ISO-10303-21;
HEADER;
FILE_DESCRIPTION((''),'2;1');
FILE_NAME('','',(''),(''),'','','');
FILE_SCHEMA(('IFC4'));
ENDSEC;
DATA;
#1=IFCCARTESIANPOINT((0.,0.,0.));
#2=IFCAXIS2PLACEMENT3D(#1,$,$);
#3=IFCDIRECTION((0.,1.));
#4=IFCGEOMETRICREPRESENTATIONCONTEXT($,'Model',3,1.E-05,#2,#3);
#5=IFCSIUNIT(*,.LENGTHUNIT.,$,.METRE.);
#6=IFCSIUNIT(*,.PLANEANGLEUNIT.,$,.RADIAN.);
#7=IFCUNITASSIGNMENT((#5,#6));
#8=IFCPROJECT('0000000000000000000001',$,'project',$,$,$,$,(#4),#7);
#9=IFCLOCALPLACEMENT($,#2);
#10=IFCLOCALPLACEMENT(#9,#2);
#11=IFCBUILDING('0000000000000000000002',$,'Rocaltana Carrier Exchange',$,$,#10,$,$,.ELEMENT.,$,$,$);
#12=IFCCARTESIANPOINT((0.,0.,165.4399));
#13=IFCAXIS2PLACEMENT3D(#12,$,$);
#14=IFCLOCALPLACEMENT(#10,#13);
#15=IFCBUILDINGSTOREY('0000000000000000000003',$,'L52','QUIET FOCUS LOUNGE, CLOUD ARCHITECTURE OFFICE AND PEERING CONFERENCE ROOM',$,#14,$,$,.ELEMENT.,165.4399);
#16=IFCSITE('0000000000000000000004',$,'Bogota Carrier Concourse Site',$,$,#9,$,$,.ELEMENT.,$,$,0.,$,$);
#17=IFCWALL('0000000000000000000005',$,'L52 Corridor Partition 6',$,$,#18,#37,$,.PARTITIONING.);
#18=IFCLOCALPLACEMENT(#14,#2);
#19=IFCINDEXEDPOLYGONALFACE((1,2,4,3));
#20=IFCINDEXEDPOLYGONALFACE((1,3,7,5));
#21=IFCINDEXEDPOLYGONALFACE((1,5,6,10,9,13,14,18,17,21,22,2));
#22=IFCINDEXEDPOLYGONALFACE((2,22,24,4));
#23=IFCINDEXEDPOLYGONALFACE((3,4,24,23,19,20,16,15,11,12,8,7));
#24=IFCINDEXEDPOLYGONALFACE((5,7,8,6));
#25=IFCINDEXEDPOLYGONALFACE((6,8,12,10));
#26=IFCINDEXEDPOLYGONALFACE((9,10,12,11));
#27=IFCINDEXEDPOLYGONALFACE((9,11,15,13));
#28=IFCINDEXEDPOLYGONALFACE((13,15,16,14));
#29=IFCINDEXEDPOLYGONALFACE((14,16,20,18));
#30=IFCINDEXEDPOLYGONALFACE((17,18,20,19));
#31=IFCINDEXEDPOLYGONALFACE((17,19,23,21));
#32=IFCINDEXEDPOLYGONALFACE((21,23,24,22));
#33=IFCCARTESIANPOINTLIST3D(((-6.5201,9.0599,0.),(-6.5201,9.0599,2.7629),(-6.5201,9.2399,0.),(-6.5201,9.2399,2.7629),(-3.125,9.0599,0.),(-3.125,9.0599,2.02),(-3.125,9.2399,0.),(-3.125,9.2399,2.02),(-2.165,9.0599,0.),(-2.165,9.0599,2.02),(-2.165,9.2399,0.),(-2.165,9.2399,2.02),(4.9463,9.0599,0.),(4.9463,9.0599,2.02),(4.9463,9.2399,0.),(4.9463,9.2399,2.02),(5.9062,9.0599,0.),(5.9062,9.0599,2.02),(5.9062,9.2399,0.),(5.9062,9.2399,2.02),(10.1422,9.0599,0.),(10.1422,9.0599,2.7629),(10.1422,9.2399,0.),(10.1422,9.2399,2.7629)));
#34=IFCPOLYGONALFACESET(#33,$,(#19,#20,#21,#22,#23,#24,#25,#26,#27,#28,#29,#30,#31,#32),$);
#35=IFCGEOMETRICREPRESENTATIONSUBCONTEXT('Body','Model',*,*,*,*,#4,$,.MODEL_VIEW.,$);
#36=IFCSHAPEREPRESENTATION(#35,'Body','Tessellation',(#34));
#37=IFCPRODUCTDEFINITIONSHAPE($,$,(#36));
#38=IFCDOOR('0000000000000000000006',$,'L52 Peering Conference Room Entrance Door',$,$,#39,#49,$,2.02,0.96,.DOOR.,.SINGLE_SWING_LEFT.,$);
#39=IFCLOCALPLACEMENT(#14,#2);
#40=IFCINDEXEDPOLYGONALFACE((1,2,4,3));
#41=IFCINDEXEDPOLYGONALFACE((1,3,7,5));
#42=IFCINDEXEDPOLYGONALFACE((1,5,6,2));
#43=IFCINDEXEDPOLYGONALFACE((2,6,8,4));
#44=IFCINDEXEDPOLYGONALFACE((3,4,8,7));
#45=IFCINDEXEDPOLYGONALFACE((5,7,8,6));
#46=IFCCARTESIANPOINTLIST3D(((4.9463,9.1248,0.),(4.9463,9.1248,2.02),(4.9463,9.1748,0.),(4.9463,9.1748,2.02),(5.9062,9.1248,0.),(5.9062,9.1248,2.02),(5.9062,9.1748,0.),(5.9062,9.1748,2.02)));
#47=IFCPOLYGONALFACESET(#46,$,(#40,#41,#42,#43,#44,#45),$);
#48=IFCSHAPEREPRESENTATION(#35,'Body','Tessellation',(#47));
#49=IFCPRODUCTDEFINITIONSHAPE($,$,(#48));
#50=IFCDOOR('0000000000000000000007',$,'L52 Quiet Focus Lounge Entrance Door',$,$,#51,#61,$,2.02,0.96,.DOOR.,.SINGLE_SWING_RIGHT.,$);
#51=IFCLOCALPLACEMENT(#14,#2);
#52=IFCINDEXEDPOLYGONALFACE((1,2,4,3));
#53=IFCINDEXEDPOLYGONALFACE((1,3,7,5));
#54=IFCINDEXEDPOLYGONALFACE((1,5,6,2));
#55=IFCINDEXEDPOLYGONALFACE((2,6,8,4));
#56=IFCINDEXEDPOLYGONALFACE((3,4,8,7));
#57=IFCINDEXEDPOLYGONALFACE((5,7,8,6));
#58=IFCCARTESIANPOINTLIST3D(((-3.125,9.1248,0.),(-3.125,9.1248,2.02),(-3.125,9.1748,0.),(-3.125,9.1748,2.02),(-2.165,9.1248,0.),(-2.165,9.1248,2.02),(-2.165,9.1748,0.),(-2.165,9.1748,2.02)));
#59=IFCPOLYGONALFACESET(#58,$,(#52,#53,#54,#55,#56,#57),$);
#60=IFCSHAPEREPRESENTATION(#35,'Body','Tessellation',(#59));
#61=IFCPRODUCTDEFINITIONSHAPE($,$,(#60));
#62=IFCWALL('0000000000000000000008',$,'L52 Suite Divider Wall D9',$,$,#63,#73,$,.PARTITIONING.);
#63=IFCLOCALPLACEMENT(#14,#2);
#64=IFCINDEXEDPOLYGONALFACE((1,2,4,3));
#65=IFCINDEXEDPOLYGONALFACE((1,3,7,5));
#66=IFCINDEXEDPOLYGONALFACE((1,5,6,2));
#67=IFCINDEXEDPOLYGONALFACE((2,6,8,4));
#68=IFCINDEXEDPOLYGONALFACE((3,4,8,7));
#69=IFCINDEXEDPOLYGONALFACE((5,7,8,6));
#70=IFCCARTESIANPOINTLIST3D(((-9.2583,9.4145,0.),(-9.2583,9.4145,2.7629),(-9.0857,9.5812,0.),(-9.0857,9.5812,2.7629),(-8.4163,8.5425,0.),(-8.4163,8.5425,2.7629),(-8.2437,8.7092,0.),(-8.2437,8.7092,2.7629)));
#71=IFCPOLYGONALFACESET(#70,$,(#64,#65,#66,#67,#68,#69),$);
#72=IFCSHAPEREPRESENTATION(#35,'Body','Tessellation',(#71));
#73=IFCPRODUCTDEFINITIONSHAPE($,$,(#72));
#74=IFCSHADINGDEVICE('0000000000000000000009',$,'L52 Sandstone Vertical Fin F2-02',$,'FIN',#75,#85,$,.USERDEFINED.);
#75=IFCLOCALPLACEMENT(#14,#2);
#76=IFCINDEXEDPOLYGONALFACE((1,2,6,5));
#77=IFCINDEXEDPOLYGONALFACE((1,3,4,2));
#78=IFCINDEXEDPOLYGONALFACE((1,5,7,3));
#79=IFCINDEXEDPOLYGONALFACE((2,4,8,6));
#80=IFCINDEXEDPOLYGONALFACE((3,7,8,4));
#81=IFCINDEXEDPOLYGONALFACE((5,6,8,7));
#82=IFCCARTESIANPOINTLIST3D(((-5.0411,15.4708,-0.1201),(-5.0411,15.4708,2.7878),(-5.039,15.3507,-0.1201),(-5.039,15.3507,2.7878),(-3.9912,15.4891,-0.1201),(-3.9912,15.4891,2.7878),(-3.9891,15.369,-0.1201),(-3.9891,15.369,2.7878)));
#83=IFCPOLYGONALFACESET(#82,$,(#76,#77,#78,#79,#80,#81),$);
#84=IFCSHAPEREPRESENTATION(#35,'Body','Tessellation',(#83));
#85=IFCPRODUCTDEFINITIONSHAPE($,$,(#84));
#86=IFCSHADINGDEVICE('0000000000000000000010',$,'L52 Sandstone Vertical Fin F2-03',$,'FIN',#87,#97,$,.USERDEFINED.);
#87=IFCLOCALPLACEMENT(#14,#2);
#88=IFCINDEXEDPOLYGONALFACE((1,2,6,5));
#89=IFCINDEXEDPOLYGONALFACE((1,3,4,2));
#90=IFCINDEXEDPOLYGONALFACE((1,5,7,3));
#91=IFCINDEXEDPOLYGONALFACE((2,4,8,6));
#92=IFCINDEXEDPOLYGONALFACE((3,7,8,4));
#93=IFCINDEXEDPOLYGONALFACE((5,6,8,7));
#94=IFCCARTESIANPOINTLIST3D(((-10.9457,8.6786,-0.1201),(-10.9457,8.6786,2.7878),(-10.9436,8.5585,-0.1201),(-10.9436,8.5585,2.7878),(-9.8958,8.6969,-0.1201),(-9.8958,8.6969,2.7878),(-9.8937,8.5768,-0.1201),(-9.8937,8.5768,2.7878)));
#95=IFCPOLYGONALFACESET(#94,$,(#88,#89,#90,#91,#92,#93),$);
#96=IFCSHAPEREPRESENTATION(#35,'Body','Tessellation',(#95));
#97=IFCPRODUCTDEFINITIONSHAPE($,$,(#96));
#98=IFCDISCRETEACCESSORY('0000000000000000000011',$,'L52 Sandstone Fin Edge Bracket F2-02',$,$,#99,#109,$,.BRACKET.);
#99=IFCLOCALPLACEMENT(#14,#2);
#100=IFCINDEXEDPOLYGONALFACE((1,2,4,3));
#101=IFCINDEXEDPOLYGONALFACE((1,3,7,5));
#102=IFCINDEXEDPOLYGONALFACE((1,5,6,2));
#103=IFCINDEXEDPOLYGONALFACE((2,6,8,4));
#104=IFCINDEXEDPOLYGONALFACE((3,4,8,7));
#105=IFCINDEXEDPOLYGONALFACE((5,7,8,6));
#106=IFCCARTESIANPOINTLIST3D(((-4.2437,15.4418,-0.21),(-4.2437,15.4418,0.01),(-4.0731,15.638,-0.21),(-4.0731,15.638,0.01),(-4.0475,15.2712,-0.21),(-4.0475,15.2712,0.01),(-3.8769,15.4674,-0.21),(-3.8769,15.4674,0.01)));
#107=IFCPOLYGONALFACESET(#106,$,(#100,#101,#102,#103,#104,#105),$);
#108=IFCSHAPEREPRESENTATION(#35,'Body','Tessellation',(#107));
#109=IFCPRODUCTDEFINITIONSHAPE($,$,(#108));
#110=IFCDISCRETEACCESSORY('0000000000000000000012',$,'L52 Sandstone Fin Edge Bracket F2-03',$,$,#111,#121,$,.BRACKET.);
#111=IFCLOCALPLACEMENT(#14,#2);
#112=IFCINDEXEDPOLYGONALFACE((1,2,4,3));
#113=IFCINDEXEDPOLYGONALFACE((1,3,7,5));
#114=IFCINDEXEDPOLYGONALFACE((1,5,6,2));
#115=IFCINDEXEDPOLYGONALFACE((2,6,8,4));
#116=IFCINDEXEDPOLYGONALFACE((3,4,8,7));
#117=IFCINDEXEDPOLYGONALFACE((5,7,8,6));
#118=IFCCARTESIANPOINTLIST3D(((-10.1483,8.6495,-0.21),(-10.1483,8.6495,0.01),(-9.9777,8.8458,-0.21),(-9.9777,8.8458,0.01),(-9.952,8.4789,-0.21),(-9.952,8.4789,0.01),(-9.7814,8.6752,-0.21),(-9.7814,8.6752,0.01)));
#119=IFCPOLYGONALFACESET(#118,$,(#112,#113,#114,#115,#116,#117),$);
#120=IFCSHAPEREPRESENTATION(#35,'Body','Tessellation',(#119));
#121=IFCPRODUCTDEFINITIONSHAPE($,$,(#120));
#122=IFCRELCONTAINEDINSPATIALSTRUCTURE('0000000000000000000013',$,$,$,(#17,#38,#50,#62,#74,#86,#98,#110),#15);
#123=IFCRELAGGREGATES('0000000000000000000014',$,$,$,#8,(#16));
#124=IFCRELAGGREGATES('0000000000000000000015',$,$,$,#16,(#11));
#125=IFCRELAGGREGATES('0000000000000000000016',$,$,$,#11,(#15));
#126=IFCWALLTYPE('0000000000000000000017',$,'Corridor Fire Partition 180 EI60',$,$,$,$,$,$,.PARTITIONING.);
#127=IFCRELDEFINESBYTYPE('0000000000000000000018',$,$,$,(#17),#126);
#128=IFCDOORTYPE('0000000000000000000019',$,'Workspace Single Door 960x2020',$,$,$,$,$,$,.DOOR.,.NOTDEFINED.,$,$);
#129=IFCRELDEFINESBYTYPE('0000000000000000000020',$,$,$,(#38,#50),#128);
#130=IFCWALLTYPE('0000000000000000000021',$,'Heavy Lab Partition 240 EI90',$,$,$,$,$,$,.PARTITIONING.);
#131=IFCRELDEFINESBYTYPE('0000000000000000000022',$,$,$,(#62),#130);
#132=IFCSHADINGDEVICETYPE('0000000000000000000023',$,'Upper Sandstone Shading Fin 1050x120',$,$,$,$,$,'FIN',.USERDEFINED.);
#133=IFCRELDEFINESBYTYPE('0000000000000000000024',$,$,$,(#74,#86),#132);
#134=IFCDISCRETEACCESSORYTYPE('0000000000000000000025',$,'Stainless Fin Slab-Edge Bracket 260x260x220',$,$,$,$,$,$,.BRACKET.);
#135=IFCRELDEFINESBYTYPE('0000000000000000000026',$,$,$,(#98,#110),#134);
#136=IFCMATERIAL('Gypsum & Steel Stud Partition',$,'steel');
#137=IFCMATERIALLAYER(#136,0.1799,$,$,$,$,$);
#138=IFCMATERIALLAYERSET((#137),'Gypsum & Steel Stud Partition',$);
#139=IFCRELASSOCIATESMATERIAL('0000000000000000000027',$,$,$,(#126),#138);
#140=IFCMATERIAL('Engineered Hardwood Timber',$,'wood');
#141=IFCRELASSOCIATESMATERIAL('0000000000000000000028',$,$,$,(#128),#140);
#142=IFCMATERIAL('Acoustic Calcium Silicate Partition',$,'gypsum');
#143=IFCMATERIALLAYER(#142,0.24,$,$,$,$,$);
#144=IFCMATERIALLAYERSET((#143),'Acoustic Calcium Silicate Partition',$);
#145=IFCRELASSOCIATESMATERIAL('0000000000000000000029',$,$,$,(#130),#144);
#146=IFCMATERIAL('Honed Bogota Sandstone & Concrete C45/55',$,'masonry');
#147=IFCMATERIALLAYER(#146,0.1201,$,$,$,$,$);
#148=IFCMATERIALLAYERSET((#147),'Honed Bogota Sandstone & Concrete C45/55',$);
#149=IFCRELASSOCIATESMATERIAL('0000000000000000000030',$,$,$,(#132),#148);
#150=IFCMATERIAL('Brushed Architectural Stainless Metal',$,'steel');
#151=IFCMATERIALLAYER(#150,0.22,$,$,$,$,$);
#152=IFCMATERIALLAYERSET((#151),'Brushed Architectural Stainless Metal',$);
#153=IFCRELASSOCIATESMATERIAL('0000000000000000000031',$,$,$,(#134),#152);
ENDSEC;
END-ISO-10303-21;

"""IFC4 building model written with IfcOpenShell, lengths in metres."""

from ifc_helpers import new_model, si_unit, direction, frame, frame_2d, origin, origin_2d, place, context, subcontext, project, spatial, rectangle, extrude, material, layer, layer_set, type_object, element, fill, save


model = new_model("IFC4")

# Units and contexts
model_context = context("Model", 3, precision=1e-05, world=origin(), true_north=direction((0.0, 1.0)))
body_context = subcontext(model_context, "Body", "Model", "MODEL_VIEW")
ifc_project = project(units=[si_unit("LENGTHUNIT", "METRE"), si_unit("PLANEANGLEUNIT", "RADIAN")], contexts=[model_context])

# Site, building, storey
site_placement = place(None, origin())
site = spatial("IfcSite", under=ifc_project, at=site_placement, Name="Bogota Carrier Concourse Site", CompositionType="ELEMENT", RefElevation=0.0)
building_placement = place(site_placement, origin())
building = spatial("IfcBuilding", under=site, at=building_placement, Name="Rocaltana Carrier Exchange", CompositionType="ELEMENT")
storey_placement = place(building_placement, frame((0.0, 0.0, 165.4399)))
storey = spatial("IfcBuildingStorey", under=building, at=storey_placement, Name="L52", Description="QUIET FOCUS LOUNGE, CLOUD ARCHITECTURE OFFICE AND PEERING CONFERENCE ROOM", CompositionType="ELEMENT", Elevation=165.4399)

# Shared definitions
ifc_material_1 = material(Name="Gypsum & Steel Stud Partition", Category="steel")
ifc_layer_1 = layer(ifc_material_1, 0.1799)
ifc_layer_set_1 = layer_set([ifc_layer_1], Name="Gypsum & Steel Stud Partition")
wall_type_1 = type_object("IfcWallType", Name="Corridor Fire Partition 180 EI60", PredefinedType="PARTITIONING", material=ifc_layer_set_1)

# Wall, openings, doors
wall_1_placement = place(storey_placement, frame((-6.52, 9.1499, 0.0), z_axis=(0.0, 0.0, 1.0), x_axis=(1.0, 0.0, 0.0)))
wall_1 = element("IfcWall", 1, at=wall_1_placement, inside=storey, type_object=wall_type_1, Name="L52 Corridor Partition 6", PredefinedType="PARTITIONING", context=body_context, shape_type="SweptSolid", body=[
    extrude(rectangle(XDim=16.6624, YDim=0.1799, at=frame_2d((8.3311, 0.0))), origin(), (0.0, 0.0, 1.0), 2.7629),
])
opening_1_placement = place(wall_1_placement, frame((11.4663, 0.0, 0.0)))
opening_1 = element("IfcOpeningElement", 2, at=opening_1_placement, cuts=wall_1, PredefinedType="OPENING", context=body_context, shape_type="SweptSolid", body=[
    extrude(rectangle(XDim=0.96, YDim=2.02, at=frame_2d((0.48, 1.01))), frame((0.0, 0.0999, 0.0), z_axis=(0.0, -1.0, 0.0), x_axis=(1.0, 0.0, 0.0)), (0.0, 0.0, 1.0), 0.2),
])
opening_2_placement = place(wall_1_placement, frame((3.395, 0.0, 0.0)))
opening_2 = element("IfcOpeningElement", 3, at=opening_2_placement, cuts=wall_1, PredefinedType="OPENING", context=body_context, shape_type="SweptSolid", body=[
    extrude(rectangle(XDim=0.96, YDim=2.02, at=frame_2d((0.48, 1.01))), frame((0.0, 0.0999, 0.0), z_axis=(0.0, -1.0, 0.0), x_axis=(1.0, 0.0, 0.0)), (0.0, 0.0, 1.0), 0.2),
])
ifc_material_2 = material(Name="Engineered Hardwood Timber", Category="wood")
door_type = type_object("IfcDoorType", Name="Workspace Single Door 960x2020", OperationType="NOTDEFINED", PredefinedType="DOOR", material=ifc_material_2)
door_1_placement = place(opening_1_placement, origin())
door_1 = element("IfcDoor", 4, at=door_1_placement, inside=storey, type_object=door_type, Name="L52 Peering Conference Room Entrance Door", OperationType="SINGLE_SWING_LEFT", OverallHeight=2.02, OverallWidth=0.96, PredefinedType="DOOR", context=body_context, shape_type="SweptSolid", body=[
    extrude(rectangle(XDim=0.96, YDim=2.02, at=frame_2d((0.48, 1.01))), frame((0.0, 0.0249, 0.0), z_axis=(0.0, -1.0, 0.0), x_axis=(1.0, 0.0, 0.0)), (0.0, 0.0, 1.0), 0.05),
])
fill(opening_1, door_1)
door_2_placement = place(opening_2_placement, origin())
door_2 = element("IfcDoor", 5, at=door_2_placement, inside=storey, type_object=door_type, Name="L52 Quiet Focus Lounge Entrance Door", OperationType="SINGLE_SWING_RIGHT", OverallHeight=2.02, OverallWidth=0.96, PredefinedType="DOOR", context=body_context, shape_type="SweptSolid", body=[
    extrude(rectangle(XDim=0.96, YDim=2.02, at=frame_2d((0.48, 1.01))), frame((0.0, 0.0249, 0.0), z_axis=(0.0, -1.0, 0.0), x_axis=(1.0, 0.0, 0.0)), (0.0, 0.0, 1.0), 0.05),
])
fill(opening_2, door_2)

# Wall
ifc_material_3 = material(Name="Acoustic Calcium Silicate Partition", Category="gypsum")
ifc_layer_2 = layer(ifc_material_3, 0.24)
ifc_layer_set_2 = layer_set([ifc_layer_2], Name="Acoustic Calcium Silicate Partition")
wall_type_2 = type_object("IfcWallType", Name="Heavy Lab Partition 240 EI90", PredefinedType="PARTITIONING", material=ifc_layer_set_2)
wall_2_placement = place(storey_placement, frame((-8.3301, 8.626, 0.0), z_axis=(0.0, 0.0, 1.0), x_axis=(-0.694612, 0.719384, 0.0)))
element("IfcWall", 6, at=wall_2_placement, inside=storey, type_object=wall_type_2, Name="L52 Suite Divider Wall D9", PredefinedType="PARTITIONING", context=body_context, shape_type="SweptSolid", body=[
    extrude(rectangle(XDim=1.2122, YDim=0.24, at=frame_2d((0.606, 0.0))), origin(), (0.0, 0.0, 1.0), 2.7629),
])

# Shading devices
ifc_material_4 = material(Name="Honed Bogota Sandstone & Concrete C45/55", Category="masonry")
ifc_layer_3 = layer(ifc_material_4, 0.1201)
ifc_layer_set_3 = layer_set([ifc_layer_3], Name="Honed Bogota Sandstone & Concrete C45/55")
shading_device_type = type_object("IfcShadingDeviceType", Name="Upper Sandstone Shading Fin 1050x120", ElementType="FIN", PredefinedType="USERDEFINED", material=ifc_layer_set_3)
for number, where, z_axis, x_axis, name in (
    (7, (-4.5151, 15.4199, -0.1201), (0.0, 0.0, 1.0), (-0.999848, -0.017452, 0.0), "L52 Sandstone Vertical Fin F2-02"),
    (8, (-10.4197, 8.6277, -0.1201), (0.0, 0.0, 1.0), (-0.999848, -0.017452, 0.0), "L52 Sandstone Vertical Fin F2-03"),
):
    element("IfcShadingDevice", number, at=place(storey_placement, frame(where, z_axis=z_axis, x_axis=x_axis)), inside=storey, type_object=shading_device_type, Name=name, ObjectType="FIN", PredefinedType="USERDEFINED", context=body_context, shape_type="SweptSolid", body=[
        extrude(rectangle(XDim=1.05, YDim=0.1201, at=origin_2d()), origin(), (0.0, 0.0, 1.0), 2.908),
    ])

# Discrete accessories
ifc_material_5 = material(Name="Brushed Architectural Stainless Metal", Category="steel")
ifc_layer_4 = layer(ifc_material_5, 0.22)
ifc_layer_set_4 = layer_set([ifc_layer_4], Name="Brushed Architectural Stainless Metal")
discrete_accessory_type = type_object("IfcDiscreteAccessoryType", Name="Stainless Fin Slab-Edge Bracket 260x260x220", PredefinedType="BRACKET", material=ifc_layer_set_4)
for number, where, z_axis, x_axis, name in (
    (9, (-4.0603, 15.4546, -0.21), (0.0, 0.0, 1.0), (-0.656059, -0.75471, 0.0), "L52 Sandstone Fin Edge Bracket F2-02"),
    (10, (-9.9648, 8.6624, -0.21), (0.0, 0.0, 1.0), (-0.656059, -0.75471, 0.0), "L52 Sandstone Fin Edge Bracket F2-03"),
):
    element("IfcDiscreteAccessory", number, at=place(storey_placement, frame(where, z_axis=z_axis, x_axis=x_axis)), inside=storey, type_object=discrete_accessory_type, Name=name, PredefinedType="BRACKET", context=body_context, shape_type="SweptSolid", body=[
        extrude(rectangle(XDim=0.26, YDim=0.26, at=origin_2d()), origin(), (0.0, 0.0, 1.0), 0.22),
    ])

save(model, "model.ifc")
